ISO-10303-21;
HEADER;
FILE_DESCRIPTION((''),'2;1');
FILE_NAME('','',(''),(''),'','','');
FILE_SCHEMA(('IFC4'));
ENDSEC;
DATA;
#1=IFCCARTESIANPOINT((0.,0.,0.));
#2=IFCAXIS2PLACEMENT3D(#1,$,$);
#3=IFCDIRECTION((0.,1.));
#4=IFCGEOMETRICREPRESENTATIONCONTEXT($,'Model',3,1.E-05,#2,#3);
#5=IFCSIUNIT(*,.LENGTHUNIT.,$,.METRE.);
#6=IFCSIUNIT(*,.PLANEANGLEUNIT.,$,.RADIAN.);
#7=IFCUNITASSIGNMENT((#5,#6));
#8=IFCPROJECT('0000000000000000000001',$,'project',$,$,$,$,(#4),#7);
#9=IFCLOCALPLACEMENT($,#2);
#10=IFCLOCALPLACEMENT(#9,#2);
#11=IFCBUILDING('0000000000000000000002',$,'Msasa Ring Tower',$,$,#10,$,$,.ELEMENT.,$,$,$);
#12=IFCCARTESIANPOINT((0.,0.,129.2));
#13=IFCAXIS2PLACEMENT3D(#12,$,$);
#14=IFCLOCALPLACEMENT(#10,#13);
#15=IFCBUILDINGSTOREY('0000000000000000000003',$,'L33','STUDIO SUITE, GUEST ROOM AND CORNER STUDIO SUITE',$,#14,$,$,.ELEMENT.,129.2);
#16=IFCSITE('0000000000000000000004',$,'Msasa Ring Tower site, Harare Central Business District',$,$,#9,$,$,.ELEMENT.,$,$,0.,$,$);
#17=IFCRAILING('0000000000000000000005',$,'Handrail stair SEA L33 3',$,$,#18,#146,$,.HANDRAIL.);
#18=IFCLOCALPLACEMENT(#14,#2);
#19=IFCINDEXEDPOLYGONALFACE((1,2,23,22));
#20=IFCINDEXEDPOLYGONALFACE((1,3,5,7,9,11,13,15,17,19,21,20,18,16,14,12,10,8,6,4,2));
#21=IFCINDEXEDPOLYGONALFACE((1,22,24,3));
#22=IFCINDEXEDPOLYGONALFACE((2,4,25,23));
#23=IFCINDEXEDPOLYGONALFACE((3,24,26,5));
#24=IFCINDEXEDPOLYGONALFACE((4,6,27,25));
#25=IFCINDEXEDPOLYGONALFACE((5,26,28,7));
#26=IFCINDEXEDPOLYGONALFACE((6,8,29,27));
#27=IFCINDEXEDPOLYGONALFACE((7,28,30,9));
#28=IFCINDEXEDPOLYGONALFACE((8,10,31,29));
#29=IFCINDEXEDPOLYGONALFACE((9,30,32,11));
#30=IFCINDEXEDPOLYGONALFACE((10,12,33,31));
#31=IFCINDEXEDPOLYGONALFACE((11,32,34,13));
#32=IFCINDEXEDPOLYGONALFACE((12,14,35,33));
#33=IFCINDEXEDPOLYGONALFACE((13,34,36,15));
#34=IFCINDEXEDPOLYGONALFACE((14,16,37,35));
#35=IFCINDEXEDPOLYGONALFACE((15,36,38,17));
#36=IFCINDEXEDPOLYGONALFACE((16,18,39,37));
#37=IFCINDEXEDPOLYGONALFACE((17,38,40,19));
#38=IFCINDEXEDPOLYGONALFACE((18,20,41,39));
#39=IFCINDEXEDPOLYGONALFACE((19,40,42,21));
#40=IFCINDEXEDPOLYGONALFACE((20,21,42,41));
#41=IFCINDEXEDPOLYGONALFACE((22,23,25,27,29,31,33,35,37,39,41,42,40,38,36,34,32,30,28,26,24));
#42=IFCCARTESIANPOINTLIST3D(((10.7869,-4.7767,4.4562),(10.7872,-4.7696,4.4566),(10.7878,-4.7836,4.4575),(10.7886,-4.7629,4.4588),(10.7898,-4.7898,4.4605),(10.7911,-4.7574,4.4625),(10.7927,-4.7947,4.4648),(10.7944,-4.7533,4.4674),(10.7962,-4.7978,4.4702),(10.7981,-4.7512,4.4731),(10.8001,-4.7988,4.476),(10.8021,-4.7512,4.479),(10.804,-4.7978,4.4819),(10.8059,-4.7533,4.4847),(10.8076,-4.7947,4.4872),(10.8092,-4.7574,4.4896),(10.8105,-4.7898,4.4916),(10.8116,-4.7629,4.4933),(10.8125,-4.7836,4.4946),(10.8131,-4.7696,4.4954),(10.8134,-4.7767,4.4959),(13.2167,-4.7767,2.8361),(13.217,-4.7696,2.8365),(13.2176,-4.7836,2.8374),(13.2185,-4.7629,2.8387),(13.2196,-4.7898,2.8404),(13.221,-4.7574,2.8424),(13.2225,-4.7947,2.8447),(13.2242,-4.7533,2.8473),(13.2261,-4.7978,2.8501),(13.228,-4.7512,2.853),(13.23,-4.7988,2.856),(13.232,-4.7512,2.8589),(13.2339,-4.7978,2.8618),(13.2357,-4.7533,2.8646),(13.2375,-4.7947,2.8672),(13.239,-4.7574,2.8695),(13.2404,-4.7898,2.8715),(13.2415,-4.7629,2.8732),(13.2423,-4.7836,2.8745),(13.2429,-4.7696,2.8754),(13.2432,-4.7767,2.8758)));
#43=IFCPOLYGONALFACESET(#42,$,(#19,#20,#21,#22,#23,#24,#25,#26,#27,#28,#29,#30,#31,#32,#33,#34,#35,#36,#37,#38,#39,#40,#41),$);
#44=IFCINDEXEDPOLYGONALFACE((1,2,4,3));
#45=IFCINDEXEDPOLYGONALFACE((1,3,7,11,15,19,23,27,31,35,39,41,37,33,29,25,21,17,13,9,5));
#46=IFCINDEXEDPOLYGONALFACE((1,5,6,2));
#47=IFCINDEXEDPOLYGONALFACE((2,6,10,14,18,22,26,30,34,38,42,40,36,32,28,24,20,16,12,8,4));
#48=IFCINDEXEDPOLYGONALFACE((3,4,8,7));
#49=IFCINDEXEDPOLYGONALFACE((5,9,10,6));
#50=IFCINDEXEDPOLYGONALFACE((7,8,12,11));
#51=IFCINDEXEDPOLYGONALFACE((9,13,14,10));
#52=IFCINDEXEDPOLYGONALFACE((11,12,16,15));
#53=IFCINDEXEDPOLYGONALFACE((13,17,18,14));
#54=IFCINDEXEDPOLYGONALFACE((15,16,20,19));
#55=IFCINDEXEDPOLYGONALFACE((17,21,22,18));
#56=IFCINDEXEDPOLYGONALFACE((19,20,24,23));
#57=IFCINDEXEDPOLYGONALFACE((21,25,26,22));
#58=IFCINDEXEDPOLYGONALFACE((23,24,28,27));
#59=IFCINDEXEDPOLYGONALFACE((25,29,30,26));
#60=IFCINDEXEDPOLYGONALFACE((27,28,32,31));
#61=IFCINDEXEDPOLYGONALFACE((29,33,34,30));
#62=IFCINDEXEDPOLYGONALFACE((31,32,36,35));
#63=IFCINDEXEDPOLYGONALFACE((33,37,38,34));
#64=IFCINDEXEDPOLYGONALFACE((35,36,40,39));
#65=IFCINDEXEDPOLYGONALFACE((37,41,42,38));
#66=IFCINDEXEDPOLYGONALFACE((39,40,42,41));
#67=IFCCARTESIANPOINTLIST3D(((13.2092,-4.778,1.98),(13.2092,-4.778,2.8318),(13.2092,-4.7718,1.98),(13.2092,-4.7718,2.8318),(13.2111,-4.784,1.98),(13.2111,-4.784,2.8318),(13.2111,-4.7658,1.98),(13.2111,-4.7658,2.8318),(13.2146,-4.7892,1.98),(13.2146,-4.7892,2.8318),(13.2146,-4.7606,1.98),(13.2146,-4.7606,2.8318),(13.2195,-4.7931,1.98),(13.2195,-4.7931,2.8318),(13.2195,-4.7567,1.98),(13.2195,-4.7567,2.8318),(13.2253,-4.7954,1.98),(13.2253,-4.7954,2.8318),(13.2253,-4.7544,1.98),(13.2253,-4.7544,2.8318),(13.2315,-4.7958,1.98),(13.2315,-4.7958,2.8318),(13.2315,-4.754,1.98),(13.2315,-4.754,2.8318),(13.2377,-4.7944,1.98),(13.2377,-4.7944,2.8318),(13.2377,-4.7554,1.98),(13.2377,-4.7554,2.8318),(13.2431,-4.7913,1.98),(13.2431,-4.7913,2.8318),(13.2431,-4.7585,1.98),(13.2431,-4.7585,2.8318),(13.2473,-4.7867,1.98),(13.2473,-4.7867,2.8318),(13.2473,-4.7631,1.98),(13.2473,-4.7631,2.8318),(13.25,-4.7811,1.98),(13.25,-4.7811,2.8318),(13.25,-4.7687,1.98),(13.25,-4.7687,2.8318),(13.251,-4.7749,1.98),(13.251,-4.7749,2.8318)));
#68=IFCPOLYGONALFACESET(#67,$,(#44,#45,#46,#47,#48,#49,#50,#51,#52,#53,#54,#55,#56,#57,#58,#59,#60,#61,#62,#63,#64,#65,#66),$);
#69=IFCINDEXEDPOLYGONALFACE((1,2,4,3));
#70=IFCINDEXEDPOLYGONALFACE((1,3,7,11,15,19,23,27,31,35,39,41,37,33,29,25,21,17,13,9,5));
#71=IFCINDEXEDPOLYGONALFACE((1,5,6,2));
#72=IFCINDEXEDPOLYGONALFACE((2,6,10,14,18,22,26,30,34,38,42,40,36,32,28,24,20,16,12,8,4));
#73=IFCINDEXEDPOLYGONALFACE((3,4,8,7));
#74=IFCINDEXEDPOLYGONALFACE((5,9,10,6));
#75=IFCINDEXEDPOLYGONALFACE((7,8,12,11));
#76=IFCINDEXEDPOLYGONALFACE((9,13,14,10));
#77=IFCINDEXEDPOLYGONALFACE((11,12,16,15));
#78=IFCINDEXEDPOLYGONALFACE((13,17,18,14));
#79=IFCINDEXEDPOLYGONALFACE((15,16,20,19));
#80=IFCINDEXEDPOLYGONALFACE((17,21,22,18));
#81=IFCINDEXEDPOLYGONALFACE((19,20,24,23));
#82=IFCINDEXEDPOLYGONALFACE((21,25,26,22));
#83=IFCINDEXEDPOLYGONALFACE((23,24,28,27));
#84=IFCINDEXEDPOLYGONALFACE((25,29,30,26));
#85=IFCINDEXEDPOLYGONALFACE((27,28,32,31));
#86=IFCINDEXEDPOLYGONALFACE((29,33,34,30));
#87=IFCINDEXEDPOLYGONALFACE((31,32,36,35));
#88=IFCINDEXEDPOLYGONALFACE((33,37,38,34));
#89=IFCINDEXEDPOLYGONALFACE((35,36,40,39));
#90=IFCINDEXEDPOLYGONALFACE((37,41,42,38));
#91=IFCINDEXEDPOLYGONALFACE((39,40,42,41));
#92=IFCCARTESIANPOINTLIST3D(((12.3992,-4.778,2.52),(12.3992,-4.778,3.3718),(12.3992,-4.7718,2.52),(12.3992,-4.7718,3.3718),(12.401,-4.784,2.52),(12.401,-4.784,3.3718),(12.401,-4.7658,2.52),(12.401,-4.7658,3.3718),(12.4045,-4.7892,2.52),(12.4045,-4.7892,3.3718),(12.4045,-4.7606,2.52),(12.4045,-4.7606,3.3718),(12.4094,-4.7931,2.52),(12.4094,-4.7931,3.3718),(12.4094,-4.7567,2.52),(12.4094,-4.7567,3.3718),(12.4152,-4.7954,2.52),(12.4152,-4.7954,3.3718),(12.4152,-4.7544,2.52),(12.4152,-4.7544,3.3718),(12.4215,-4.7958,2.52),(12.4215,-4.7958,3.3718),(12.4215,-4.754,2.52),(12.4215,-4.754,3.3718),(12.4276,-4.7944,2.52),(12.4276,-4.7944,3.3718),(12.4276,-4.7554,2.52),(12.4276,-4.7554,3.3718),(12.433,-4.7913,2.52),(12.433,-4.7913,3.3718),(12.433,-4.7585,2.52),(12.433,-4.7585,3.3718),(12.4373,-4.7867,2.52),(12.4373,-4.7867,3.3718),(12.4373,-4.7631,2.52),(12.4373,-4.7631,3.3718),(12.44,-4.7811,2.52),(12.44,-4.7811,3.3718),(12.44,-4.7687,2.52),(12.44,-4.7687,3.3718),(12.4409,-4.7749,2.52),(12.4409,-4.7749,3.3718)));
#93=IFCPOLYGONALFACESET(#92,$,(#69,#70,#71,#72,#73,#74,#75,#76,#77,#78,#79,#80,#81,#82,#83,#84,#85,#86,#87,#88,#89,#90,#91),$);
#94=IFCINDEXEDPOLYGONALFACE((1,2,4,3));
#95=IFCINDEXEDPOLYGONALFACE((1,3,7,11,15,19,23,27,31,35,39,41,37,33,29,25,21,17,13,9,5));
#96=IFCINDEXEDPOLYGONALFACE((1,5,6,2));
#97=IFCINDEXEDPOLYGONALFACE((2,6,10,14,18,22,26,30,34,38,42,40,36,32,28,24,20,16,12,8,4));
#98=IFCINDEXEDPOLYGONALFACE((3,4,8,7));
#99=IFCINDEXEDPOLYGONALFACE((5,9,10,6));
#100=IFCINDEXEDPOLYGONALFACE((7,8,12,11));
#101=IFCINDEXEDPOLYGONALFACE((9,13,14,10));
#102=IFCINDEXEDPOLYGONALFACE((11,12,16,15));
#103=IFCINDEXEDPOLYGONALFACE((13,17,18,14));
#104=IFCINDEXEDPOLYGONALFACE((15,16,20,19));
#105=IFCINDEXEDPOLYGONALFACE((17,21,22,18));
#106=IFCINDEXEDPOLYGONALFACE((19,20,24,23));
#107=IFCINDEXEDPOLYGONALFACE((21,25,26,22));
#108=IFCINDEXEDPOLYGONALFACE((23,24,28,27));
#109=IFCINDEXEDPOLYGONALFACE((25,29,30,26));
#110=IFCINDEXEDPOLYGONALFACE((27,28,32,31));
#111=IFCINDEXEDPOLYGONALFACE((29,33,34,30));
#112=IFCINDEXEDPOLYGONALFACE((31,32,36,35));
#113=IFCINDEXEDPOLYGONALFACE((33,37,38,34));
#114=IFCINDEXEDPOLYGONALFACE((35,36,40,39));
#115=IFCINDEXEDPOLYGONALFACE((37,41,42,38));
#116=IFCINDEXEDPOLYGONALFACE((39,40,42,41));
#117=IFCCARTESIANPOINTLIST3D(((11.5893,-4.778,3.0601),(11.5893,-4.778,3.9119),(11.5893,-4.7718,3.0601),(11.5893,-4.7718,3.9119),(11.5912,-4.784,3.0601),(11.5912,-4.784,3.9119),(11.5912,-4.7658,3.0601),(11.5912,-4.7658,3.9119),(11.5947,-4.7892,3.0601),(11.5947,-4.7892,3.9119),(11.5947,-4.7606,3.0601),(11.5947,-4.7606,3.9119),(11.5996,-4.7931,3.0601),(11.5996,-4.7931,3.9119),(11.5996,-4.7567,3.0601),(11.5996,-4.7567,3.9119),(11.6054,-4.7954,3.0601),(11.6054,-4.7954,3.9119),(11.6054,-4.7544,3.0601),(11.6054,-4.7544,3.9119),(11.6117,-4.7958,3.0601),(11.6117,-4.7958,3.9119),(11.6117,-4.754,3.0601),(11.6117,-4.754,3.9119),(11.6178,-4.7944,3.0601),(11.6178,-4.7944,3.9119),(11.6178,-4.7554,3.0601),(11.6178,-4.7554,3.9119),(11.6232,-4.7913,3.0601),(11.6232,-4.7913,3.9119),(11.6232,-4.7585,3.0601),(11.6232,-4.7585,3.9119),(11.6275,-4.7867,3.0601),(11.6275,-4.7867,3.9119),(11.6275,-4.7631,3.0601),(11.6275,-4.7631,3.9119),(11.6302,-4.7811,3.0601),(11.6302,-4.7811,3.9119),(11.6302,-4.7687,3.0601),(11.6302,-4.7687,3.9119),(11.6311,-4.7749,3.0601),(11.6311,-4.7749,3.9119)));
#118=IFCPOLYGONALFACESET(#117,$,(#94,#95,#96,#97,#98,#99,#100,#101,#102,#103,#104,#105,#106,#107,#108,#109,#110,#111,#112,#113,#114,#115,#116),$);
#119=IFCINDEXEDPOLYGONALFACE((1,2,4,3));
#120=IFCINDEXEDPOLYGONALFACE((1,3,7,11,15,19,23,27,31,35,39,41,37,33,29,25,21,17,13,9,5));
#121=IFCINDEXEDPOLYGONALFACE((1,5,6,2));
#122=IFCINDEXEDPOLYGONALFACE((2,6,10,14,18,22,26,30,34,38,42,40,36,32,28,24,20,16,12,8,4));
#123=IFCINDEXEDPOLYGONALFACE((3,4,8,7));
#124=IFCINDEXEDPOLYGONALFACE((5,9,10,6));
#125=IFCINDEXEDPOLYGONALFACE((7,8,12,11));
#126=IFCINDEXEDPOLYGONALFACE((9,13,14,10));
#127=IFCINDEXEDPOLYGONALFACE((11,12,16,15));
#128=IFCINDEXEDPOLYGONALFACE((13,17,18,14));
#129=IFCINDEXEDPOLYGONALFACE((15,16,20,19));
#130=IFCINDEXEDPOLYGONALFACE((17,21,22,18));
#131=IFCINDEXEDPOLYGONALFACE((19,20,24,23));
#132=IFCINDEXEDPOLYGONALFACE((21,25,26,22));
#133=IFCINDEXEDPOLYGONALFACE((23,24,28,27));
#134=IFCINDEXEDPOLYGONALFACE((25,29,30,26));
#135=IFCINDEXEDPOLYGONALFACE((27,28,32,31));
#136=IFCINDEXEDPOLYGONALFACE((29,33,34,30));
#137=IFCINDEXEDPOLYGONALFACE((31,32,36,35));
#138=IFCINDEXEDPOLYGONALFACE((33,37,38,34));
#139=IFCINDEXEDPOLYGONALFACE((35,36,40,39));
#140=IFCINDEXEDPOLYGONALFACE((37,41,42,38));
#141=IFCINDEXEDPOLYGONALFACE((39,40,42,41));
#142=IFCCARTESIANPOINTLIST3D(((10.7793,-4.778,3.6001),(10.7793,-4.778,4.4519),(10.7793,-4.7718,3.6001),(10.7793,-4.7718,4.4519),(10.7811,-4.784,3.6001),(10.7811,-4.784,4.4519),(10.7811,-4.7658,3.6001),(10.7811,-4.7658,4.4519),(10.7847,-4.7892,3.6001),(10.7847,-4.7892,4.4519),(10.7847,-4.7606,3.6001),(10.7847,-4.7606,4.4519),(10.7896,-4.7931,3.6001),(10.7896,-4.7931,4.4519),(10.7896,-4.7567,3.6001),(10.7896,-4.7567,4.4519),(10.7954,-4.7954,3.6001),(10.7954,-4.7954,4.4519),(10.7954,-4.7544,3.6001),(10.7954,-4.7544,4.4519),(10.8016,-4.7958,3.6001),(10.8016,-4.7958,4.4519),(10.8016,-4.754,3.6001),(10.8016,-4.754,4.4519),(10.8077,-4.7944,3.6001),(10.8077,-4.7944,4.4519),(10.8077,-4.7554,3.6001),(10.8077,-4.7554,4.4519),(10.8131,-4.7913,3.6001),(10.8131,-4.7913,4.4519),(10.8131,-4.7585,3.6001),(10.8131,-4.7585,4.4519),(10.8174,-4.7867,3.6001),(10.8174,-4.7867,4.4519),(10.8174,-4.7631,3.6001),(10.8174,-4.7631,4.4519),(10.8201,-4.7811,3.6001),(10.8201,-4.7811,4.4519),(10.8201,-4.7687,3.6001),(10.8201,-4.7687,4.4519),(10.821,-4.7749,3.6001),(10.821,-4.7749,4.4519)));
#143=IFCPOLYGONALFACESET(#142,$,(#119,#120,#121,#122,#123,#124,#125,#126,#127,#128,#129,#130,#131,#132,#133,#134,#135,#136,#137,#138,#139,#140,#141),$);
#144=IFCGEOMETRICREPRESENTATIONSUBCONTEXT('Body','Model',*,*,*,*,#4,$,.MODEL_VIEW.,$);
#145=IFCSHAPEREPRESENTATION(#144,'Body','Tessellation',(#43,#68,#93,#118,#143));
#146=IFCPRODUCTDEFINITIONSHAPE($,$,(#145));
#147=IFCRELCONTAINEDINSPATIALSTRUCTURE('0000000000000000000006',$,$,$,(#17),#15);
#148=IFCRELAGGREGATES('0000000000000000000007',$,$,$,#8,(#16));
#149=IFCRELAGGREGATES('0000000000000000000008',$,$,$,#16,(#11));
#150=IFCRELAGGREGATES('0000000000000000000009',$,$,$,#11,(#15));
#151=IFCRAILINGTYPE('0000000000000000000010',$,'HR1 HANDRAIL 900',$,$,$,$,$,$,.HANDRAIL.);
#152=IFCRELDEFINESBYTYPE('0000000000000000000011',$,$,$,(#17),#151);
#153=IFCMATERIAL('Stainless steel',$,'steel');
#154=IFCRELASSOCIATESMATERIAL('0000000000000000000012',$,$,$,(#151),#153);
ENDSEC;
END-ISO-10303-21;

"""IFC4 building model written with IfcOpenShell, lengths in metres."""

from ifc_helpers import new_model, si_unit, direction, frame, origin, origin_2d, place, context, subcontext, project, spatial, circle, extrude, material, type_object, element, save


model = new_model("IFC4")

# Units and contexts
model_context = context("Model", 3, precision=1e-05, world=origin(), true_north=direction((0.0, 1.0)))
body_context = subcontext(model_context, "Body", "Model", "MODEL_VIEW")
ifc_project = project(units=[si_unit("LENGTHUNIT", "METRE"), si_unit("PLANEANGLEUNIT", "RADIAN")], contexts=[model_context])

# Site, building, storey
site_placement = place(None, origin())
site = spatial("IfcSite", under=ifc_project, at=site_placement, Name="Msasa Ring Tower site, Harare Central Business District", CompositionType="ELEMENT", RefElevation=0.0)
building_placement = place(site_placement, origin())
building = spatial("IfcBuilding", under=site, at=building_placement, Name="Msasa Ring Tower", CompositionType="ELEMENT")
storey_placement = place(building_placement, frame((0.0, 0.0, 129.2)))
storey = spatial("IfcBuildingStorey", under=building, at=storey_placement, Name="L33", Description="STUDIO SUITE, GUEST ROOM AND CORNER STUDIO SUITE", CompositionType="ELEMENT", Elevation=129.2)

# Railing
ifc_material_1 = material(Name="Stainless steel", Category="steel")
railing_type = type_object("IfcRailingType", Name="HR1 HANDRAIL 900", PredefinedType="HANDRAIL", material=ifc_material_1)
railing_placement = place(storey_placement, frame((13.23, -4.7749, 1.98)))
element("IfcRailing", 1, at=railing_placement, inside=storey, type_object=railing_type, Name="Handrail stair SEA L33 3", PredefinedType="HANDRAIL", context=body_context, shape_type="SweptSolid", body=[
    extrude(circle(Radius=0.0239, at=origin_2d()), frame((0.0, 0.0, 0.876), z_axis=(-0.832025, 0.0, 0.554739), x_axis=(0.0, -1.0, 0.0)), (0.0, 0.0, 1.0), 2.9204),
    extrude(circle(Radius=0.021, at=origin_2d()), origin(), (0.0, 0.0, 1.0), 0.8518),
    extrude(circle(Radius=0.021, at=origin_2d()), frame((-0.8101, 0.0, 0.54)), (0.0, 0.0, 1.0), 0.8518),
    extrude(circle(Radius=0.021, at=origin_2d()), frame((-1.6199, 0.0, 1.0801)), (0.0, 0.0, 1.0), 0.8518),
    extrude(circle(Radius=0.021, at=origin_2d()), frame((-2.4299, 0.0, 1.6201)), (0.0, 0.0, 1.0), 0.8518),
])

save(model, "model.ifc")
